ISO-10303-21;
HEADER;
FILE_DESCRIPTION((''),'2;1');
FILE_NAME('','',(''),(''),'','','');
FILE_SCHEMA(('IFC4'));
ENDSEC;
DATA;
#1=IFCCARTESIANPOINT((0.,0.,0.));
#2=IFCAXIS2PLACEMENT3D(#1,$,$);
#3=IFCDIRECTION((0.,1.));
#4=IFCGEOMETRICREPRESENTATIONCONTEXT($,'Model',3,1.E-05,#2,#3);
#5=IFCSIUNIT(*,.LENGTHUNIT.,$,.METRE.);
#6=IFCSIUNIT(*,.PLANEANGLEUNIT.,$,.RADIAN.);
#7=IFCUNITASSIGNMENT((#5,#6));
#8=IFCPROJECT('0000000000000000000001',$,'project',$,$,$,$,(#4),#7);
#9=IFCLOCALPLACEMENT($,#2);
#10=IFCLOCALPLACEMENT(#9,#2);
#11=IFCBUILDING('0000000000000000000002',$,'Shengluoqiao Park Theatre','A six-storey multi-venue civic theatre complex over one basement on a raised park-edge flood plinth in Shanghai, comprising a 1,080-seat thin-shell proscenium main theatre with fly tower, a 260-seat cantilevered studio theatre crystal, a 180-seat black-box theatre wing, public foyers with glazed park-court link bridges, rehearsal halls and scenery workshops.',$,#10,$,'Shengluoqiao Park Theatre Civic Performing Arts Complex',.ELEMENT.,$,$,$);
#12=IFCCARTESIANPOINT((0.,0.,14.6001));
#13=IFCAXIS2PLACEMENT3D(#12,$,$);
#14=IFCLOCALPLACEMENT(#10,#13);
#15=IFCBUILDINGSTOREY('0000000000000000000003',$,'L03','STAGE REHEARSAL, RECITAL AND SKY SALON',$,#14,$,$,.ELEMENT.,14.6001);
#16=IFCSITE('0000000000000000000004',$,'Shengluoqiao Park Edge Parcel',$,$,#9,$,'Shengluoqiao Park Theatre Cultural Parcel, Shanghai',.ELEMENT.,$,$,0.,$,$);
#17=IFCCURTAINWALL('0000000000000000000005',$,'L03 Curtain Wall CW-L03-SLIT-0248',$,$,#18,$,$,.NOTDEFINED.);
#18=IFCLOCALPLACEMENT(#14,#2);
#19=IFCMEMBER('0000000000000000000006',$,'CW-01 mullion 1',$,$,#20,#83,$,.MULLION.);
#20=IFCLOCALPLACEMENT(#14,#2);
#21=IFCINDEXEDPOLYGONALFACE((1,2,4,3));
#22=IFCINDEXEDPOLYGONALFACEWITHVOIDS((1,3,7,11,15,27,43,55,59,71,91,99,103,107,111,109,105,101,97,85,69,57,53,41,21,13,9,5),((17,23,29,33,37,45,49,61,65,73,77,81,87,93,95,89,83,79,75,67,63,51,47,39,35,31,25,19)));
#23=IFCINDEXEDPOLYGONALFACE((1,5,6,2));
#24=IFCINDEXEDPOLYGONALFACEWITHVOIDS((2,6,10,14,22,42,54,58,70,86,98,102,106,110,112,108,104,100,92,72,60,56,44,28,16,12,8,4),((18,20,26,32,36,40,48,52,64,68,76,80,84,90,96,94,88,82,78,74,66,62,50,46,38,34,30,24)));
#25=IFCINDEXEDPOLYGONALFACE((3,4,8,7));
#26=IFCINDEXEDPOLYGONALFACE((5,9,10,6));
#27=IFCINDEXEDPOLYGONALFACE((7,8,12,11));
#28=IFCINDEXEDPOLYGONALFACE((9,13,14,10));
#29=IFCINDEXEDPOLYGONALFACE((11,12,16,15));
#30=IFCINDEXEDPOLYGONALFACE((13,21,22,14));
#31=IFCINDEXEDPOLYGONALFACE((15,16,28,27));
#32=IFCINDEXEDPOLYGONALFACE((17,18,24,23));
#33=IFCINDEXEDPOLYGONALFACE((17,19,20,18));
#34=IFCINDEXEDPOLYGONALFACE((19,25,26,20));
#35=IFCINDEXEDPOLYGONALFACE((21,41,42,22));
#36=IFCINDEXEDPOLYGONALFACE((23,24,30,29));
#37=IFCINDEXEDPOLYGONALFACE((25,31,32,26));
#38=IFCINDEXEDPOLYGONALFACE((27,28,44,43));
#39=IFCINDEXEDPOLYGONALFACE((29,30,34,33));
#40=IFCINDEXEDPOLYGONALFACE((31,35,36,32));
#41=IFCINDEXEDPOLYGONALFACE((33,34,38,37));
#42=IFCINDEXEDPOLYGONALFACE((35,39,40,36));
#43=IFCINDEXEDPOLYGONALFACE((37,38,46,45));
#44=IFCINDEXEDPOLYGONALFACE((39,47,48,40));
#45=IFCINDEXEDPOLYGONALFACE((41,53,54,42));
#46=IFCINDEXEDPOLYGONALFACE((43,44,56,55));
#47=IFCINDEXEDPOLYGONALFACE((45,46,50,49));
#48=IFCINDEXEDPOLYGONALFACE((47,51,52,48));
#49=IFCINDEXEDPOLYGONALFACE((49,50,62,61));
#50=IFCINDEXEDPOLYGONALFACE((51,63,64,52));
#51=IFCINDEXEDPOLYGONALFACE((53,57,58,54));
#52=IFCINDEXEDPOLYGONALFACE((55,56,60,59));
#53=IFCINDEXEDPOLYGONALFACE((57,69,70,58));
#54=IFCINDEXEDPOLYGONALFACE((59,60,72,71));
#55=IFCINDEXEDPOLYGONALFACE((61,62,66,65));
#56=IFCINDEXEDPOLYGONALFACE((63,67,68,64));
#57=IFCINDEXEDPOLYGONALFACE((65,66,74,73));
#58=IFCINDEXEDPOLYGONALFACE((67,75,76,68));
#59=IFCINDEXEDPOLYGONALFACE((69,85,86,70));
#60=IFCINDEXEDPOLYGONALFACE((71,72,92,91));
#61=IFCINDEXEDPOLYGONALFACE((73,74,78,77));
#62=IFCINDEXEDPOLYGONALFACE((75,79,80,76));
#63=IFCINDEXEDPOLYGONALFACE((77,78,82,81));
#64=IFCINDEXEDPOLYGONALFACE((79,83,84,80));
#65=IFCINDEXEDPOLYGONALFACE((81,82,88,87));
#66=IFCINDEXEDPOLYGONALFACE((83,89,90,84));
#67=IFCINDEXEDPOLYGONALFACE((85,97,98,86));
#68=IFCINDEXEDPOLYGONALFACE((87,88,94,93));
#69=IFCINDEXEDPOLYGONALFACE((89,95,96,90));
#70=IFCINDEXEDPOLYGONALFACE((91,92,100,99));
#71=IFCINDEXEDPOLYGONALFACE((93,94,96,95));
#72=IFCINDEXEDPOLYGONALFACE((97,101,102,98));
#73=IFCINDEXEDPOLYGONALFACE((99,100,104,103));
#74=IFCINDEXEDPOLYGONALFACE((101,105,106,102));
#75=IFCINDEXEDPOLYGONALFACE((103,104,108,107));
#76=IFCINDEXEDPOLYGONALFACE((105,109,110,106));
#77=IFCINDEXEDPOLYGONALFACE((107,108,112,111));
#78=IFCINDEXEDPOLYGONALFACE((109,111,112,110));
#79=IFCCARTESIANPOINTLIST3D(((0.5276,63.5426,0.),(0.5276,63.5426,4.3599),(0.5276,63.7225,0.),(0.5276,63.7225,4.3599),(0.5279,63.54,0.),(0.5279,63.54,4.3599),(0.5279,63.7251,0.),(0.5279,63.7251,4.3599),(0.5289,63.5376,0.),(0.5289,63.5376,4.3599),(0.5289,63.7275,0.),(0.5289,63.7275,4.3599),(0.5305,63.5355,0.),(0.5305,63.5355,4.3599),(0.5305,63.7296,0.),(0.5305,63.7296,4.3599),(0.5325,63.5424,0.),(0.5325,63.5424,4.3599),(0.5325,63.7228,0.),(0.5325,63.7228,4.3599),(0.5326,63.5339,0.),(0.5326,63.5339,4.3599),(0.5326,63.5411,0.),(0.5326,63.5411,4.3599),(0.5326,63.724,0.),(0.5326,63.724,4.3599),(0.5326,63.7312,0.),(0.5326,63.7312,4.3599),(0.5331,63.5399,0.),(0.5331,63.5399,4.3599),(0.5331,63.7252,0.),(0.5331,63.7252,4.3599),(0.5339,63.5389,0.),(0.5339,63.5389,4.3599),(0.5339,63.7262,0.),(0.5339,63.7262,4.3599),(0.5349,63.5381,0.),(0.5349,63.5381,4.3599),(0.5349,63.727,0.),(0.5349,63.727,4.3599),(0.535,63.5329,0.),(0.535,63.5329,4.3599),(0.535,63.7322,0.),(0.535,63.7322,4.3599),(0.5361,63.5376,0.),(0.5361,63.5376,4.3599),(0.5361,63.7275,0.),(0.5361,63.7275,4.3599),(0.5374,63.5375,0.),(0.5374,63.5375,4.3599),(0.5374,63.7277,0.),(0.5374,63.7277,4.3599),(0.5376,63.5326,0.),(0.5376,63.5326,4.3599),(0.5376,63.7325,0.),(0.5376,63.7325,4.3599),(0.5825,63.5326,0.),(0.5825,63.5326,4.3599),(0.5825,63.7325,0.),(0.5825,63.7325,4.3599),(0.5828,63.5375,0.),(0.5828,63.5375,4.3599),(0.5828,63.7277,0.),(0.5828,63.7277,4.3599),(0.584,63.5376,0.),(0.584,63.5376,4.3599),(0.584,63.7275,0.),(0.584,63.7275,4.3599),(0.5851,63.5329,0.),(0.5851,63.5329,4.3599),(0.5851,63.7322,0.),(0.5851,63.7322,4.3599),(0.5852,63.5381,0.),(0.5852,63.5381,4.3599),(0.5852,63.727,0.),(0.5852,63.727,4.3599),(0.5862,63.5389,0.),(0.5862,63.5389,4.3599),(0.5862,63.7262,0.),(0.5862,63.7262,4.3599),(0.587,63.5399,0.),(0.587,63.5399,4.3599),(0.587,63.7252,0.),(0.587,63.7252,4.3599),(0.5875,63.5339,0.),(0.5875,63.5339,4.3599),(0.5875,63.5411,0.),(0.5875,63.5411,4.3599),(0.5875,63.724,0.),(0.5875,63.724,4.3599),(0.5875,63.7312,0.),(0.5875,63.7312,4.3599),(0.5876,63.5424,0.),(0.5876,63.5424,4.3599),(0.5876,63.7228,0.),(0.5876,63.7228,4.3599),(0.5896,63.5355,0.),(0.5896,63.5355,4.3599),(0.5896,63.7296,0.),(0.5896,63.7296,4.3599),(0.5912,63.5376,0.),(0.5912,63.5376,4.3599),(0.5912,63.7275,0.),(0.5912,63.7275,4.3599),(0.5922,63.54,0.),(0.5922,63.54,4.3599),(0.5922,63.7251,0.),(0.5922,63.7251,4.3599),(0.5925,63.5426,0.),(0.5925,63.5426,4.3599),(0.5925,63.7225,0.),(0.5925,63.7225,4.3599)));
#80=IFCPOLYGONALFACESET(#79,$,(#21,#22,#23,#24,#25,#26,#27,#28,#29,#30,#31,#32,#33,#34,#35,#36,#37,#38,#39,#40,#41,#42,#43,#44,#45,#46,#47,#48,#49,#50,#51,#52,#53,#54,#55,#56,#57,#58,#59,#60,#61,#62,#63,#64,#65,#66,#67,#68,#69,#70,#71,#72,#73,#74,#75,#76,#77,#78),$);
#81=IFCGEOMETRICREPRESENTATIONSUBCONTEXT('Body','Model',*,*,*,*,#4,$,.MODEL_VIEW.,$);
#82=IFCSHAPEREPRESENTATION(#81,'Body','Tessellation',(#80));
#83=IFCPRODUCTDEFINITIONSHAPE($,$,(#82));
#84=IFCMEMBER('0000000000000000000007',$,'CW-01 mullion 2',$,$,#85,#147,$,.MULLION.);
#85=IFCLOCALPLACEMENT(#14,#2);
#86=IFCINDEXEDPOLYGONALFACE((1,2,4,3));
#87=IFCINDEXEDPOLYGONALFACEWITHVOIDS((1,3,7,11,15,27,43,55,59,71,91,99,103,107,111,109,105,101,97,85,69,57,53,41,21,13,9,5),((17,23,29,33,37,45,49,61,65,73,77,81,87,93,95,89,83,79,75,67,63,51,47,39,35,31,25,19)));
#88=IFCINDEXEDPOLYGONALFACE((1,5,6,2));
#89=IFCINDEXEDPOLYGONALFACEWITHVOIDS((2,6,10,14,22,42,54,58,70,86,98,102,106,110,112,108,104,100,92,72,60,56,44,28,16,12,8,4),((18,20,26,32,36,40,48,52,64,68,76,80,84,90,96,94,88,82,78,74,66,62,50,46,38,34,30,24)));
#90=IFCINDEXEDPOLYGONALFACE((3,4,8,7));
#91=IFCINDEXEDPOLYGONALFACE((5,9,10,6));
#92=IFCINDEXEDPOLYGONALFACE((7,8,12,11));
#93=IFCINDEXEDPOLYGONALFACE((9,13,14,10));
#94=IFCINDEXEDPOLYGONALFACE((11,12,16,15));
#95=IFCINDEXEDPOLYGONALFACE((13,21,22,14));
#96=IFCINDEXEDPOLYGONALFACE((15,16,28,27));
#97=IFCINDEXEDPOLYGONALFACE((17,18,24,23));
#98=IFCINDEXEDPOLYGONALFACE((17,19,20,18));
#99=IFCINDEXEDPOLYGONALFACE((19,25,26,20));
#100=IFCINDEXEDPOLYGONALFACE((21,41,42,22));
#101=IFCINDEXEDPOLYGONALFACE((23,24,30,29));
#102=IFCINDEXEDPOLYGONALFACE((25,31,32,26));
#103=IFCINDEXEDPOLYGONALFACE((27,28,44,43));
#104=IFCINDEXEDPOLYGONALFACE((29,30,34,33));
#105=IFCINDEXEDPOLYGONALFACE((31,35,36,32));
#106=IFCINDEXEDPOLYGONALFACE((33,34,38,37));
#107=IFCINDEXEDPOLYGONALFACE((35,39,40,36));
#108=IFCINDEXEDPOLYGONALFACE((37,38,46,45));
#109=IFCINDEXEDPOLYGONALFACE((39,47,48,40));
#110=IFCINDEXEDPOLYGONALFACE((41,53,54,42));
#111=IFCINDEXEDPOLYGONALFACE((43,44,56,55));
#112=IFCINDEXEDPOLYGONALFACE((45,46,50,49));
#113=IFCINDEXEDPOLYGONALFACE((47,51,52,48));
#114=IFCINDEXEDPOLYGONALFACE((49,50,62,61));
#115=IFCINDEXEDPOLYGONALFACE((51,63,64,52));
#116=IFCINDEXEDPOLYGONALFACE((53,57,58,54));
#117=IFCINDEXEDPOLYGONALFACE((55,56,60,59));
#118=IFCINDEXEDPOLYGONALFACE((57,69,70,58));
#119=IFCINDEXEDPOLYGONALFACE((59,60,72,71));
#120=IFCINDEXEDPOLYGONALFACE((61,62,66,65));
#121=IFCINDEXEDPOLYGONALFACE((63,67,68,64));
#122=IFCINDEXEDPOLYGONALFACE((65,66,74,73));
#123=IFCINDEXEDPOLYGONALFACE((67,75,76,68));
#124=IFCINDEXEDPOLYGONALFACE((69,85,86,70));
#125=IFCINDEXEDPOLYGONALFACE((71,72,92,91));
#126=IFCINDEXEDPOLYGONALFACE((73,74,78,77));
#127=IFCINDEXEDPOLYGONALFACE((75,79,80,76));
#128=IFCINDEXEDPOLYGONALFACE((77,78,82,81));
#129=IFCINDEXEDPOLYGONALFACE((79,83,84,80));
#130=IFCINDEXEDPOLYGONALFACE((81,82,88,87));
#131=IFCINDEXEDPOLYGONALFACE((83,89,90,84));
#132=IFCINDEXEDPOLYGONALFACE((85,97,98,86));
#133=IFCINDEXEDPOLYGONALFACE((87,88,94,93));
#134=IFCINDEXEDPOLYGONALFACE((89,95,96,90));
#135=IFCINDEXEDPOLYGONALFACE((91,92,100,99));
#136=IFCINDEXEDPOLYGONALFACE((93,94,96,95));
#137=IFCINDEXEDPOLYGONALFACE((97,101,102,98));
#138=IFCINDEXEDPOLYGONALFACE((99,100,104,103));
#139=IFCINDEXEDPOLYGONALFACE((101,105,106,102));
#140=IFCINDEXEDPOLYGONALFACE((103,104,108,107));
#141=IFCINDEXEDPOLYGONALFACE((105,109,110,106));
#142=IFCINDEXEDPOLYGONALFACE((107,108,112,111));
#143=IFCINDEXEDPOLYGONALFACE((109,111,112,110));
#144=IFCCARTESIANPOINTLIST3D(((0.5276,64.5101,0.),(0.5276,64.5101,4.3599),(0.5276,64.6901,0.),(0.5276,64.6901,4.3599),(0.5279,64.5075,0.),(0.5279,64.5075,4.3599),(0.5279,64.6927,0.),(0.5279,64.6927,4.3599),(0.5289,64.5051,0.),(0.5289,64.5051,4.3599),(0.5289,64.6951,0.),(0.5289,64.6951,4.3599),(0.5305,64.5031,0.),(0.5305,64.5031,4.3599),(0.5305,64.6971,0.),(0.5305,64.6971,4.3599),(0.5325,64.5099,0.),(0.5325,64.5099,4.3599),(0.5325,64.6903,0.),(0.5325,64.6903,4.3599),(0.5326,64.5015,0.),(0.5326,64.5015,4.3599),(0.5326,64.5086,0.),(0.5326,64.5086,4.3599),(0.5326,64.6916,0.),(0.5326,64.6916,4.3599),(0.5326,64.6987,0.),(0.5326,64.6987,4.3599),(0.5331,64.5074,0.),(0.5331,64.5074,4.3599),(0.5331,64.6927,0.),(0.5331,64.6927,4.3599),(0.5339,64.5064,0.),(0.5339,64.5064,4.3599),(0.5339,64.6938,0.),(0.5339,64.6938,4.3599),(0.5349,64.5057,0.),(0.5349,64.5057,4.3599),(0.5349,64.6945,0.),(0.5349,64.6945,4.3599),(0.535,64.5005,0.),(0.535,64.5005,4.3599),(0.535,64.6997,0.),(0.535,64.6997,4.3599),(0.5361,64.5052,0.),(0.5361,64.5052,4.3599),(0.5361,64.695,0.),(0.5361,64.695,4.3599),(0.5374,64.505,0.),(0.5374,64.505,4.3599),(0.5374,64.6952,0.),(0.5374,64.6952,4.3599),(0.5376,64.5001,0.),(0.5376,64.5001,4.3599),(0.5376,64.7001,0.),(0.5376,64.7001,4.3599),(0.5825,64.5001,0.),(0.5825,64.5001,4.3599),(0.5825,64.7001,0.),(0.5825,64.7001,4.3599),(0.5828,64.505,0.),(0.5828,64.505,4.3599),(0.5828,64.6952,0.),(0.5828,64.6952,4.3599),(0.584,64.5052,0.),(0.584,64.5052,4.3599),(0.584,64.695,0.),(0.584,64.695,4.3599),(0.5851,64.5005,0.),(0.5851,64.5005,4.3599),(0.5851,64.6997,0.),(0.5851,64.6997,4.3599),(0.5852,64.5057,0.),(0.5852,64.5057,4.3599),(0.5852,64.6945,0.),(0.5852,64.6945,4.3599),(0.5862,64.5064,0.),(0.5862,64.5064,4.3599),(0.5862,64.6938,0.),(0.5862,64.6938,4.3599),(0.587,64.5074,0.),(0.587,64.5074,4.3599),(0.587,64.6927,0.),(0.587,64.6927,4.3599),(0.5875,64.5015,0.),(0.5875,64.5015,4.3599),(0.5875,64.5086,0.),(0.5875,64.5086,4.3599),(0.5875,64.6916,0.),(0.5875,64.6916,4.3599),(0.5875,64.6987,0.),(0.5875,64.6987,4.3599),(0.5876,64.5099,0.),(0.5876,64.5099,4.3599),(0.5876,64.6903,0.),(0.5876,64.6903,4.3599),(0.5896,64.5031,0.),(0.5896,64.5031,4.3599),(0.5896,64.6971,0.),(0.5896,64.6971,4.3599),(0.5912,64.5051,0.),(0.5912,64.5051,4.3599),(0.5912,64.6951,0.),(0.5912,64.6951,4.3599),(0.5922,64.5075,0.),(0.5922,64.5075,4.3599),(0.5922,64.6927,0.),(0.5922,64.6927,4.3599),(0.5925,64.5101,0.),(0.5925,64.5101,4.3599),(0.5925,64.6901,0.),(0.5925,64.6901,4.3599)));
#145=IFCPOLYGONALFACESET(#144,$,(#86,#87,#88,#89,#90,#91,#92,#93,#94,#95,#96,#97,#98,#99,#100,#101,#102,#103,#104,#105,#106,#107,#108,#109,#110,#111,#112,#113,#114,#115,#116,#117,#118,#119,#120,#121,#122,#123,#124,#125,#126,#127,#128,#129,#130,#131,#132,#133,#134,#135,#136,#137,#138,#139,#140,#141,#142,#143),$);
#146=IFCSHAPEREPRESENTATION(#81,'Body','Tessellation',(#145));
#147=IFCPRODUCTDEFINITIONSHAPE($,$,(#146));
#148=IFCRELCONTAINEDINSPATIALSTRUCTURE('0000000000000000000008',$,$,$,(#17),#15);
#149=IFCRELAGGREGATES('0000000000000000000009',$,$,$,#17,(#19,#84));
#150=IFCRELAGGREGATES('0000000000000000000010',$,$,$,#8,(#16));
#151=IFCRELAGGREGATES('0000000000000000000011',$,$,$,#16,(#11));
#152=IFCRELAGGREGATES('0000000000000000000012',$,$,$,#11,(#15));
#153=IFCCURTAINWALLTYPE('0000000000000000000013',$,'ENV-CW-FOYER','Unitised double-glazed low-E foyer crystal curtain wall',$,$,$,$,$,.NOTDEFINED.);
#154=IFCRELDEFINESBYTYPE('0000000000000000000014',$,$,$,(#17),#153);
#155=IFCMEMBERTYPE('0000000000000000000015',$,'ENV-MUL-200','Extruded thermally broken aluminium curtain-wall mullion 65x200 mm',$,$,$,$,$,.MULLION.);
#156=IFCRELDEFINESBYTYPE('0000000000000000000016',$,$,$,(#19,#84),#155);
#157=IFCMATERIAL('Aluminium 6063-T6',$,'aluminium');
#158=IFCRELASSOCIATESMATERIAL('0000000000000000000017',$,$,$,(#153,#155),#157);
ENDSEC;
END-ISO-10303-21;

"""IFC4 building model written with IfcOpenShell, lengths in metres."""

from ifc_helpers import new_model, si_unit, direction, frame, origin, origin_2d, place, context, subcontext, project, spatial, hollow_rectangle, extrude, material, material_profile, profile_set, type_object, element, aggregate, save


model = new_model("IFC4")

# Units and contexts
model_context = context("Model", 3, precision=1e-05, world=origin(), true_north=direction((0.0, 1.0)))
body_context = subcontext(model_context, "Body", "Model", "MODEL_VIEW")
ifc_project = project(units=[si_unit("LENGTHUNIT", "METRE"), si_unit("PLANEANGLEUNIT", "RADIAN")], contexts=[model_context])

# Site, building, storey
site_placement = place(None, origin())
site = spatial("IfcSite", under=ifc_project, at=site_placement, Name="Shengluoqiao Park Edge Parcel", LongName="Shengluoqiao Park Theatre Cultural Parcel, Shanghai", CompositionType="ELEMENT", RefElevation=0.0)
building_placement = place(site_placement, origin())
building = spatial("IfcBuilding", under=site, at=building_placement, Name="Shengluoqiao Park Theatre", Description="A six-storey multi-venue civic theatre complex over one basement on a raised park-edge flood plinth in Shanghai, comprising a 1,080-seat thin-shell proscenium main theatre with fly tower, a 260-seat cantilevered studio theatre crystal, a 180-seat black-box theatre wing, public foyers with glazed park-court link bridges, rehearsal halls and scenery workshops.", LongName="Shengluoqiao Park Theatre Civic Performing Arts Complex", CompositionType="ELEMENT")
storey_placement = place(building_placement, frame((0.0, 0.0, 14.6001)))
storey = spatial("IfcBuildingStorey", under=building, at=storey_placement, Name="L03", Description="STAGE REHEARSAL, RECITAL AND SKY SALON", CompositionType="ELEMENT", Elevation=14.6001)

# Curtain wall, members
ifc_material_1 = material(Name="Aluminium 6063-T6", Category="aluminium")
curtain_wall_type = type_object("IfcCurtainWallType", Name="ENV-CW-FOYER", Description="Unitised double-glazed low-E foyer crystal curtain wall", PredefinedType="NOTDEFINED", material=ifc_material_1)
curtain_wall_placement = place(storey_placement, origin())
curtain_wall = element("IfcCurtainWall", 1, at=curtain_wall_placement, inside=storey, type_object=curtain_wall_type, Name="L03 Curtain Wall CW-L03-SLIT-0248", PredefinedType="NOTDEFINED")
ifc_material_profile_1 = material_profile(ifc_material_1, hollow_rectangle(XDim=0.0649, YDim=0.2, WallThickness=0.0049, InnerFilletRadius=0.0049, OuterFilletRadius=0.01, at=origin_2d()), Name="ALU MULLION 200x65x5")
ifc_profile_set_1 = profile_set([ifc_material_profile_1], Name="Aluminium 6063-T6")
member_type_1 = type_object("IfcMemberType", Name="ENV-MUL-200", Description="Extruded thermally broken aluminium curtain-wall mullion 65x200 mm", PredefinedType="MULLION", material=ifc_profile_set_1)
member_1_placement = place(storey_placement, frame((0.5601, 63.6326, 0.0), z_axis=(0.0, 0.0, 1.0), x_axis=(-1.0, 0.0, 0.0)))
member_1 = element("IfcMember", 2, at=member_1_placement, type_object=member_type_1, Name="CW-01 mullion 1", PredefinedType="MULLION", context=body_context, shape_type="SweptSolid", body=[
    extrude(hollow_rectangle(XDim=0.0649, YDim=0.2, WallThickness=0.0049, InnerFilletRadius=0.0049, OuterFilletRadius=0.01, at=origin_2d()), origin(), (0.0, 0.0, 1.0), 4.3599),
])
member_2_placement = place(storey_placement, frame((0.5601, 64.6001, 0.0), z_axis=(0.0, 0.0, 1.0), x_axis=(-1.0, 0.0, 0.0)))
member_2 = element("IfcMember", 3, at=member_2_placement, type_object=member_type_1, Name="CW-01 mullion 2", PredefinedType="MULLION", context=body_context, shape_type="SweptSolid", body=[
    extrude(hollow_rectangle(XDim=0.0649, YDim=0.2, WallThickness=0.0049, InnerFilletRadius=0.0049, OuterFilletRadius=0.01, at=origin_2d()), origin(), (0.0, 0.0, 1.0), 4.3599),
])

aggregate(curtain_wall, [member_1, member_2])

save(model, "model.ifc")
